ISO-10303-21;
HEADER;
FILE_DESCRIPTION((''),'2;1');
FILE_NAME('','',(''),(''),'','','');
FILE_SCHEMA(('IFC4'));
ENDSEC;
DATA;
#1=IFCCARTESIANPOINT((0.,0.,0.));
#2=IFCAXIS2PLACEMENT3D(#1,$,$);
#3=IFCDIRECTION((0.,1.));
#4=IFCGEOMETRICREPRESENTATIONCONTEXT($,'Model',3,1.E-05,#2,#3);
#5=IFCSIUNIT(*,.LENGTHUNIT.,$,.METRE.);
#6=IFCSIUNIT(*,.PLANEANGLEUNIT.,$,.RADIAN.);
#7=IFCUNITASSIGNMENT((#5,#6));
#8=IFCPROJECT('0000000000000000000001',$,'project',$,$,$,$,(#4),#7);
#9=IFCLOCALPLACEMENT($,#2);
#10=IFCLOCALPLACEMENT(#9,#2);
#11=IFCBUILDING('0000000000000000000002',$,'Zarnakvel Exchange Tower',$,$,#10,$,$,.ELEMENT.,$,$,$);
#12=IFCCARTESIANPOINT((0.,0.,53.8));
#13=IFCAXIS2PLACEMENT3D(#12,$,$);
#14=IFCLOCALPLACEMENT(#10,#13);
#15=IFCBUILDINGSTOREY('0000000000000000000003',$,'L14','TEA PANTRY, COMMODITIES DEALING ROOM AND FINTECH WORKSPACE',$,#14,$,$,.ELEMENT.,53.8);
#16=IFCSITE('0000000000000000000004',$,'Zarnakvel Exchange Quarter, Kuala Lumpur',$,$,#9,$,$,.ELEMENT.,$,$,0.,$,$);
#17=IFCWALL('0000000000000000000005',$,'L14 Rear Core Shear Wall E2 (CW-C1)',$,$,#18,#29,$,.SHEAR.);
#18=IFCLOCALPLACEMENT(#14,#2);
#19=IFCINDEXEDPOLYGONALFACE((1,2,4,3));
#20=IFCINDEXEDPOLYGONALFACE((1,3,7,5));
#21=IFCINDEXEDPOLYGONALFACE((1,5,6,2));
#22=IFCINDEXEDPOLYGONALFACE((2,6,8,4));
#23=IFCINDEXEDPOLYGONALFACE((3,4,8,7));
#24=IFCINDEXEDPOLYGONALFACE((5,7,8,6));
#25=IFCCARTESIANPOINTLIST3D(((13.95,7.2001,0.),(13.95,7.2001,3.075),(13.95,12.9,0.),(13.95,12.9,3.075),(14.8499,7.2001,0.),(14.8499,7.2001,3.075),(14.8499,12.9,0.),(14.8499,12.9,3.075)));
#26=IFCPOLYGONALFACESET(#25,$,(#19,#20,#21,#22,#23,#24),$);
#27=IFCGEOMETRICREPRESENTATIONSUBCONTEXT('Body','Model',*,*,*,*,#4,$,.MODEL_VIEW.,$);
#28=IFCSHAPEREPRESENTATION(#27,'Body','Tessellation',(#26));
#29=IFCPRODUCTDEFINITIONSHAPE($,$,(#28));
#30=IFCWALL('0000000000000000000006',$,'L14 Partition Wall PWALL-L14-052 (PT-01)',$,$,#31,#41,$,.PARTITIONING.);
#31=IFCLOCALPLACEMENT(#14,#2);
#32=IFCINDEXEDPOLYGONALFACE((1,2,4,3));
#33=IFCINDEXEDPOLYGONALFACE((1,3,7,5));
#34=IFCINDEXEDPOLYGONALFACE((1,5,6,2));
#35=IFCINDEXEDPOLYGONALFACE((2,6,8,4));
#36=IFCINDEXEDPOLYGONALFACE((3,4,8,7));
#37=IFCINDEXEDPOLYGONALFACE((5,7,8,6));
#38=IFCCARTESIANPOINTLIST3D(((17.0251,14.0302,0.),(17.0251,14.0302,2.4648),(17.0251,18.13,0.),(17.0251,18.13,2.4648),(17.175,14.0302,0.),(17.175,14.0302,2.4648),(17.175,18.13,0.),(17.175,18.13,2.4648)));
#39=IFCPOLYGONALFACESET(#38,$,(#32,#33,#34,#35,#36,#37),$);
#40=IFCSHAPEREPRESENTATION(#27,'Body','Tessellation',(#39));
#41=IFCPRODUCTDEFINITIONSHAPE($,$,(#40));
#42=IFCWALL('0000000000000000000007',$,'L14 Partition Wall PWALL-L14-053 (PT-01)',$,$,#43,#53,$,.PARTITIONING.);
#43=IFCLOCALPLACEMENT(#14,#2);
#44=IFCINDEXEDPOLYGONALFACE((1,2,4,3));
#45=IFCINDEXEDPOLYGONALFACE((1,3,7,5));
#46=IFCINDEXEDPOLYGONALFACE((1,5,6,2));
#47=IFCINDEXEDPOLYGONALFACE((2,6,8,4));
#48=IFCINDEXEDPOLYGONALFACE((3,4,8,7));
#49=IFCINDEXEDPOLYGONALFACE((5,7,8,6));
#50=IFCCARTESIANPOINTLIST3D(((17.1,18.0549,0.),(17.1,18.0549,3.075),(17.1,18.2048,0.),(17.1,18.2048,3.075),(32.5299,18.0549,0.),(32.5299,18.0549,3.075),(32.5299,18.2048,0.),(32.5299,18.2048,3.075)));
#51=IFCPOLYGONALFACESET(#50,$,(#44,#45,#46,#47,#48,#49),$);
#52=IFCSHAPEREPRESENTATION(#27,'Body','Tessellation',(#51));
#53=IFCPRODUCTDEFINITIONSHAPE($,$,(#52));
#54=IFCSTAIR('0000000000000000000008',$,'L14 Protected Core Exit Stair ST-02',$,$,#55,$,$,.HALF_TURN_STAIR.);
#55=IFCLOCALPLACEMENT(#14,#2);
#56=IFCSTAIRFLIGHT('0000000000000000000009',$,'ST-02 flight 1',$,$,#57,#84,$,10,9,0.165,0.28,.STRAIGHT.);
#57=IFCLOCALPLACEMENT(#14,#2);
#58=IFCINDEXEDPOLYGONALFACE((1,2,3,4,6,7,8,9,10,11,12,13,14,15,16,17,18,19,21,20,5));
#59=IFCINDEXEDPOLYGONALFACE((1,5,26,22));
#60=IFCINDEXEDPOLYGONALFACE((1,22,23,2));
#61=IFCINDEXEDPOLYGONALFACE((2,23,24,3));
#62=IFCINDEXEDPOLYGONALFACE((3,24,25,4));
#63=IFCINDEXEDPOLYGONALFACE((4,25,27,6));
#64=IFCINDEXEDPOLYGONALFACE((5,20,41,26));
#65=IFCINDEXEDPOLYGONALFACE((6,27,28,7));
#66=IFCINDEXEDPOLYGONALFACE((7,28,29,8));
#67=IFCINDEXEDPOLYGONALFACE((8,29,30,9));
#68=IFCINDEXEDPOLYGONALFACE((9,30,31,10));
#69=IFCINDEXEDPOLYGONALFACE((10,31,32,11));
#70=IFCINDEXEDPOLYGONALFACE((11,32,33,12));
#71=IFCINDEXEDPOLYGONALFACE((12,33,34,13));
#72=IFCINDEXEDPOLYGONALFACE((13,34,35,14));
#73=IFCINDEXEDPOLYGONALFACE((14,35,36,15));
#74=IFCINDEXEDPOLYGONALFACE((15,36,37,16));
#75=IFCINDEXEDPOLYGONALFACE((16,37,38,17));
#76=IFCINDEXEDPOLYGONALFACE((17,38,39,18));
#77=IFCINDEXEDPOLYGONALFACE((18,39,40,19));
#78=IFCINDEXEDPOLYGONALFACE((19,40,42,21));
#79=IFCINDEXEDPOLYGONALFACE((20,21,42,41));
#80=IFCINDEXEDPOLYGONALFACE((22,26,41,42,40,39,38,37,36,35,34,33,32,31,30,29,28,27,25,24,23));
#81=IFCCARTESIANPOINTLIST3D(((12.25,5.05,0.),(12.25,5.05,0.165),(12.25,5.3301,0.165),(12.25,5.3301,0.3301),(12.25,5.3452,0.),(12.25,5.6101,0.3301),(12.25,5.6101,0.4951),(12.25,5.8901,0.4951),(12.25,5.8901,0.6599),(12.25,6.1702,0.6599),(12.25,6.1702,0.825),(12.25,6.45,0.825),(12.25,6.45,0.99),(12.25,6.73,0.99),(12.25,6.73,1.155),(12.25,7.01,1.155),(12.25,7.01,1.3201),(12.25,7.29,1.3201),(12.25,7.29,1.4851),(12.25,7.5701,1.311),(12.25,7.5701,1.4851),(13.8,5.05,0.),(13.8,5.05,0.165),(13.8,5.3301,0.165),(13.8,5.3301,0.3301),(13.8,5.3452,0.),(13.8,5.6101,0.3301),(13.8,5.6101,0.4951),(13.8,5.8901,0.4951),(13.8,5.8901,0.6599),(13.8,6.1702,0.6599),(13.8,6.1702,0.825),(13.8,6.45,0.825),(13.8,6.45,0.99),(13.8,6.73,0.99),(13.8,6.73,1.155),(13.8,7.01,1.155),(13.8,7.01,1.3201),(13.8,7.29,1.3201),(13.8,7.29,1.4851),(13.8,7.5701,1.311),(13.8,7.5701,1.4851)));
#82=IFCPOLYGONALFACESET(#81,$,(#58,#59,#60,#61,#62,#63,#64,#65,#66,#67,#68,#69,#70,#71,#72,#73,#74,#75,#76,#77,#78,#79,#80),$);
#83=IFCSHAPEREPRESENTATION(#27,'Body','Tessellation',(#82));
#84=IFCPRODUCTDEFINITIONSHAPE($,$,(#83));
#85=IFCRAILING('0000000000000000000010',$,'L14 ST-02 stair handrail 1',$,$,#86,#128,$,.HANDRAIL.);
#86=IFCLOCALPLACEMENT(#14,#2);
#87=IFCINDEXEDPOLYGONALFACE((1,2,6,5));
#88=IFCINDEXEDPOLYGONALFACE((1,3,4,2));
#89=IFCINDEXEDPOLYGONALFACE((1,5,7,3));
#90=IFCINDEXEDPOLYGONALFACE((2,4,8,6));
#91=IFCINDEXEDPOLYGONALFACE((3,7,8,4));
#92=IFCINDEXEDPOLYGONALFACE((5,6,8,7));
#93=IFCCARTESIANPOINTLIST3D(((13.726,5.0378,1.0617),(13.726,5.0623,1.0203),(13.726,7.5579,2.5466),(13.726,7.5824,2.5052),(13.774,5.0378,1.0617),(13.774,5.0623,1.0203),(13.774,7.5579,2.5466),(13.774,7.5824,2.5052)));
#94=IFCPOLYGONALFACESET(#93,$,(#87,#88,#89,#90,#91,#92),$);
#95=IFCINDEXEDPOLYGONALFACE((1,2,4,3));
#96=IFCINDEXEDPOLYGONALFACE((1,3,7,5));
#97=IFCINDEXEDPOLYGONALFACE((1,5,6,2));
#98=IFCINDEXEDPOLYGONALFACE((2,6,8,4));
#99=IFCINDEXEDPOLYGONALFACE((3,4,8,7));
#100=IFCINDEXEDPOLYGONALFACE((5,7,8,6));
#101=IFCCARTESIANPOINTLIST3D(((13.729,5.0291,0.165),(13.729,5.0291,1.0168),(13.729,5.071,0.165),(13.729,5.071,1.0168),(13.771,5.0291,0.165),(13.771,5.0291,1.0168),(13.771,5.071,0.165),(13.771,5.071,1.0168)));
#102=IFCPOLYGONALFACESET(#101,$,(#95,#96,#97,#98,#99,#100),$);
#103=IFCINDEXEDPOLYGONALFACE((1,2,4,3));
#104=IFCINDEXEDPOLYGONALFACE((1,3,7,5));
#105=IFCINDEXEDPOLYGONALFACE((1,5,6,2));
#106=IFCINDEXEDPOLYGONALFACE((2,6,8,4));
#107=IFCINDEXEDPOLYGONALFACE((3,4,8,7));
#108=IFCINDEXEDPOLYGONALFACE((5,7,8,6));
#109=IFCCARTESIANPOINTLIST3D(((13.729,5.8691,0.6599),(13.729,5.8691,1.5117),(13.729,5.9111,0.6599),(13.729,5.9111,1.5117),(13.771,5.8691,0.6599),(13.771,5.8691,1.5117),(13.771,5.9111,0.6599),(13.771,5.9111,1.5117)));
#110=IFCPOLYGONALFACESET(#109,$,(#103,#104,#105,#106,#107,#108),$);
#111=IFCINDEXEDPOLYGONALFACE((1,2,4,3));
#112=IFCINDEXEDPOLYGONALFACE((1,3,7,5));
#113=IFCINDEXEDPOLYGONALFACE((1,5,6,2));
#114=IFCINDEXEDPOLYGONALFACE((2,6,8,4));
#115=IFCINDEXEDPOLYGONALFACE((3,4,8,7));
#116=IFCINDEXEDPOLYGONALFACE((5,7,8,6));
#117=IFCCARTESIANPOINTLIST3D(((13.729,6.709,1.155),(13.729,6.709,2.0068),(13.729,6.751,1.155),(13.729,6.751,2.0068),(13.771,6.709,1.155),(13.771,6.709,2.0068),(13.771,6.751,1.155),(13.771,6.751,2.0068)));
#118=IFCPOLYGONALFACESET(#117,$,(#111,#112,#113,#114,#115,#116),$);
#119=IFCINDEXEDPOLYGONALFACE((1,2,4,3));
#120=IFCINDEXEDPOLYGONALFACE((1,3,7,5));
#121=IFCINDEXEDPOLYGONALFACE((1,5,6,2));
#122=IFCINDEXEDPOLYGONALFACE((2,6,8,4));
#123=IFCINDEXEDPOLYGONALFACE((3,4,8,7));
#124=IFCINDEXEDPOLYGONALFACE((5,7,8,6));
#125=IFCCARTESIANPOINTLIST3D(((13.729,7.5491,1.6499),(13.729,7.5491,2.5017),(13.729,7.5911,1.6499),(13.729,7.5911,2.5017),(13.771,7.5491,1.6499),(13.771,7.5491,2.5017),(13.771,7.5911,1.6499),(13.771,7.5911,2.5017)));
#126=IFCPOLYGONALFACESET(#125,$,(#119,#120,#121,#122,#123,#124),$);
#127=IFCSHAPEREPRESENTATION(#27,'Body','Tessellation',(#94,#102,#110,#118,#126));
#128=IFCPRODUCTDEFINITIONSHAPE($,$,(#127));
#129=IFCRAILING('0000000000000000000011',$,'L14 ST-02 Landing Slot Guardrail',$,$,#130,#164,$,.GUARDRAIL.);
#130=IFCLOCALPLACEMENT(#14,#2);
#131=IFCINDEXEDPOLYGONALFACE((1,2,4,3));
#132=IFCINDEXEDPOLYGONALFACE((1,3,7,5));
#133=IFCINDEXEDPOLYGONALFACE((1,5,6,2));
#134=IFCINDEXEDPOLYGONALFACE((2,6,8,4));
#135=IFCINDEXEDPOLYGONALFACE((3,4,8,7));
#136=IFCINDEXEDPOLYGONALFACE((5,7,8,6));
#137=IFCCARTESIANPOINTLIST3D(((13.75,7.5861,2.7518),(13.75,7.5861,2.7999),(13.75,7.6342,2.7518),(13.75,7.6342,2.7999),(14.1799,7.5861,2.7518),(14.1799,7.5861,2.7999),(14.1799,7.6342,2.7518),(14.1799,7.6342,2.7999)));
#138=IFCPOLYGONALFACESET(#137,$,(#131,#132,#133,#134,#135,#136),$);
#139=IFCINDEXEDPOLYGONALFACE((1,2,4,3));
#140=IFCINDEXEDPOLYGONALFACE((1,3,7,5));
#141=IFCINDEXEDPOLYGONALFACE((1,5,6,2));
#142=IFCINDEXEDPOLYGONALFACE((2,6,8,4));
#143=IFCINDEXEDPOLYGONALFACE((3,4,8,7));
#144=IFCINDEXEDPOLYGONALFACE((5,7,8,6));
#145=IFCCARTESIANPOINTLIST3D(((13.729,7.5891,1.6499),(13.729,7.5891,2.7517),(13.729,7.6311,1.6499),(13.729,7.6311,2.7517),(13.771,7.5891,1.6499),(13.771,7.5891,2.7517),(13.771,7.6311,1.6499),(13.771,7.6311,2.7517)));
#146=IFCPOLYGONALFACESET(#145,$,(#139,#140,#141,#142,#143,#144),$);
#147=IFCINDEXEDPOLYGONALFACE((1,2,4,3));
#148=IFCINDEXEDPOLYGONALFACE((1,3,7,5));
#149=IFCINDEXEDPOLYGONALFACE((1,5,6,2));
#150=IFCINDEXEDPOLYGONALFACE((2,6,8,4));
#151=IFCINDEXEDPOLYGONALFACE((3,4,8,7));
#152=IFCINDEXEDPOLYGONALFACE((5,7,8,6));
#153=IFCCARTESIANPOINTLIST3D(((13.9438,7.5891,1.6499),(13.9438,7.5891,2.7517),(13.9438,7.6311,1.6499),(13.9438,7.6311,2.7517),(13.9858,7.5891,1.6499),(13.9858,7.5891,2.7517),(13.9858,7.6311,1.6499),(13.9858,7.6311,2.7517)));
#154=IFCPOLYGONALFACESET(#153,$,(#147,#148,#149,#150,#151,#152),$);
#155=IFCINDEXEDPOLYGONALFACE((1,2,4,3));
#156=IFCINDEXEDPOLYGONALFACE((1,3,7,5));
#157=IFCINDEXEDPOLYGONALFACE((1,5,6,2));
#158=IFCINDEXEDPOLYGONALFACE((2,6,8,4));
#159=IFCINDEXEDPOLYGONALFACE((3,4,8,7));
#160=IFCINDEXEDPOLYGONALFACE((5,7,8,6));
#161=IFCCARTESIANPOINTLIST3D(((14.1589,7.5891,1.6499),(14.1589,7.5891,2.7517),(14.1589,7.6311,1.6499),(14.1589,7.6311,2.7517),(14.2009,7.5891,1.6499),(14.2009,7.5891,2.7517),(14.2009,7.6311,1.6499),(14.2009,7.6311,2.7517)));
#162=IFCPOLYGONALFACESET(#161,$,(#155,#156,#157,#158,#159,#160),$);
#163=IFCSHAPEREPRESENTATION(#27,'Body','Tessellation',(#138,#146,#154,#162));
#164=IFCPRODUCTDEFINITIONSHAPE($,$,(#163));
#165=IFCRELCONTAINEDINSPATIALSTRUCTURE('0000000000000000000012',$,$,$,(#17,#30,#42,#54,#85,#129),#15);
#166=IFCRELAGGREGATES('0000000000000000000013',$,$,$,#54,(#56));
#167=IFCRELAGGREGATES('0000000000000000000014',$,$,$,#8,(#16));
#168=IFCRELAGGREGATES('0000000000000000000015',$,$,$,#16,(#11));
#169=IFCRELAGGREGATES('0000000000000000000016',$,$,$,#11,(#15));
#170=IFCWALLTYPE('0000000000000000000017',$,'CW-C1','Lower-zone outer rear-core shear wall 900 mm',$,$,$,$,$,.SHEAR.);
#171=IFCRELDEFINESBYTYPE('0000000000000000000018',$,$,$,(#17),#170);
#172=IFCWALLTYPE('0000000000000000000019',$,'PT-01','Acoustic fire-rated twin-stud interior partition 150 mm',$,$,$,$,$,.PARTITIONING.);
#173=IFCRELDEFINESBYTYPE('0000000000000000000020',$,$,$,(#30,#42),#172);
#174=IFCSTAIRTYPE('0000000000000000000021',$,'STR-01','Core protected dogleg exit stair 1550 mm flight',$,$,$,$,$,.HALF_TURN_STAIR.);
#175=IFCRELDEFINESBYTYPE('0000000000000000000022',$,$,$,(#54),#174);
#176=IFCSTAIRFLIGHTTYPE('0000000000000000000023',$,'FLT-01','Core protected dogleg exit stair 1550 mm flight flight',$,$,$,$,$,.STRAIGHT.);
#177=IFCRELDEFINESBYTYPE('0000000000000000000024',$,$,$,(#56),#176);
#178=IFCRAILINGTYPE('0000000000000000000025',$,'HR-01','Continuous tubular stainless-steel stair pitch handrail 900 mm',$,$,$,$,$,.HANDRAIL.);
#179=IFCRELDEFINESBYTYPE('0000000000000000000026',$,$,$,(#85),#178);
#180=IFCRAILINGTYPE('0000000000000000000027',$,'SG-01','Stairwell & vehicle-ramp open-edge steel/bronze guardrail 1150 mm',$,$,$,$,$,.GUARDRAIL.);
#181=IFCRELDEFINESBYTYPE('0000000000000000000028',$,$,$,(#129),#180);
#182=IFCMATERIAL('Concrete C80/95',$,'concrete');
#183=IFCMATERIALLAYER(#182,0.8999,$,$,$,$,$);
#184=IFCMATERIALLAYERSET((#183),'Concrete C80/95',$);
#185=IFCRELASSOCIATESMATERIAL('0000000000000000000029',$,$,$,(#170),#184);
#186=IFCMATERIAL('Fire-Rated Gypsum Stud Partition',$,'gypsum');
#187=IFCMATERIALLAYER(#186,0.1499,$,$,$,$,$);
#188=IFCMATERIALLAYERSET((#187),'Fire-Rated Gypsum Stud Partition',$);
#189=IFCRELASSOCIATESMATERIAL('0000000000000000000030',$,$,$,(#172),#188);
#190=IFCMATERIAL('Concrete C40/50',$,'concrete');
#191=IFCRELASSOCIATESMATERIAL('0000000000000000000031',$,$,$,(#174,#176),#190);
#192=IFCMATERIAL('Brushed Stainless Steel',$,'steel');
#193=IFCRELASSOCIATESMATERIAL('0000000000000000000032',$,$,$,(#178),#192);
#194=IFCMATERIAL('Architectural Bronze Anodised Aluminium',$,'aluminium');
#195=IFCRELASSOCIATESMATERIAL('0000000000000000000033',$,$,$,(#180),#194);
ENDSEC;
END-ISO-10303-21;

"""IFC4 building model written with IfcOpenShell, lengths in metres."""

from ifc_helpers import new_model, si_unit, direction, frame, frame_2d, origin, origin_2d, place, context, subcontext, project, spatial, polyline, rectangle, outline, extrude, material, layer, layer_set, type_object, element, aggregate, save


model = new_model("IFC4")

# Units and contexts
model_context = context("Model", 3, precision=1e-05, world=origin(), true_north=direction((0.0, 1.0)))
body_context = subcontext(model_context, "Body", "Model", "MODEL_VIEW")
ifc_project = project(units=[si_unit("LENGTHUNIT", "METRE"), si_unit("PLANEANGLEUNIT", "RADIAN")], contexts=[model_context])

# Site, building, storey
site_placement = place(None, origin())
site = spatial("IfcSite", under=ifc_project, at=site_placement, Name="Zarnakvel Exchange Quarter, Kuala Lumpur", CompositionType="ELEMENT", RefElevation=0.0)
building_placement = place(site_placement, origin())
building = spatial("IfcBuilding", under=site, at=building_placement, Name="Zarnakvel Exchange Tower", CompositionType="ELEMENT")
storey_placement = place(building_placement, frame((0.0, 0.0, 53.8)))
storey = spatial("IfcBuildingStorey", under=building, at=storey_placement, Name="L14", Description="TEA PANTRY, COMMODITIES DEALING ROOM AND FINTECH WORKSPACE", CompositionType="ELEMENT", Elevation=53.8)

# Shared definitions
ifc_material_1 = material(Name="Concrete C80/95", Category="concrete")

# Shared definitions
ifc_material_2 = material(Name="Architectural Bronze Anodised Aluminium", Category="aluminium")

# Walls
ifc_layer_1 = layer(ifc_material_1, 0.8999)
ifc_layer_set_1 = layer_set([ifc_layer_1], Name="Concrete C80/95")
wall_type_1 = type_object("IfcWallType", Name="CW-C1", Description="Lower-zone outer rear-core shear wall 900 mm", PredefinedType="SHEAR", material=ifc_layer_set_1)
wall_1_placement = place(storey_placement, frame((14.3999, 7.2, 0.0), z_axis=(0.0, 0.0, 1.0), x_axis=(0.0, 1.0, 0.0)))
element("IfcWall", 1, at=wall_1_placement, inside=storey, type_object=wall_type_1, Name="L14 Rear Core Shear Wall E2 (CW-C1)", PredefinedType="SHEAR", context=body_context, shape_type="SweptSolid", body=[
    extrude(rectangle(XDim=5.7, YDim=0.8999, at=frame_2d((2.8501, 0.0))), origin(), (0.0, 0.0, 1.0), 3.075),
])
ifc_material_3 = material(Name="Fire-Rated Gypsum Stud Partition", Category="gypsum")
ifc_layer_2 = layer(ifc_material_3, 0.1499)
ifc_layer_set_2 = layer_set([ifc_layer_2], Name="Fire-Rated Gypsum Stud Partition")
wall_type_2 = type_object("IfcWallType", Name="PT-01", Description="Acoustic fire-rated twin-stud interior partition 150 mm", PredefinedType="PARTITIONING", material=ifc_layer_set_2)
wall_2_placement = place(storey_placement, frame((17.1001, 18.1299, 0.0), z_axis=(0.0, 0.0, 1.0), x_axis=(0.0, -1.0, 0.0)))
element("IfcWall", 2, at=wall_2_placement, inside=storey, type_object=wall_type_2, Name="L14 Partition Wall PWALL-L14-052 (PT-01)", PredefinedType="PARTITIONING", context=body_context, shape_type="SweptSolid", body=[
    extrude(rectangle(XDim=4.0999, YDim=0.1499, at=frame_2d((2.0498, 0.0))), origin(), (0.0, 0.0, 1.0), 2.4648),
])
wall_3_placement = place(storey_placement, frame((17.1001, 18.1299, 0.0), z_axis=(0.0, 0.0, 1.0), x_axis=(1.0, 0.0, 0.0)))
element("IfcWall", 3, at=wall_3_placement, inside=storey, type_object=wall_type_2, Name="L14 Partition Wall PWALL-L14-053 (PT-01)", PredefinedType="PARTITIONING", context=body_context, shape_type="SweptSolid", body=[
    extrude(rectangle(XDim=15.4299, YDim=0.1499, at=frame_2d((7.7148, 0.0))), origin(), (0.0, 0.0, 1.0), 3.075),
])

# Shared definitions
ifc_material_4 = material(Name="Concrete C40/50", Category="concrete")

# Stair, stair flight
stair_type = type_object("IfcStairType", Name="STR-01", Description="Core protected dogleg exit stair 1550 mm flight", PredefinedType="HALF_TURN_STAIR", material=ifc_material_4)
stair_placement = place(storey_placement, origin())
stair = element("IfcStair", 4, at=stair_placement, inside=storey, type_object=stair_type, Name="L14 Protected Core Exit Stair ST-02", PredefinedType="HALF_TURN_STAIR")
stair_flight_type = type_object("IfcStairFlightType", Name="FLT-01", Description="Core protected dogleg exit stair 1550 mm flight flight", PredefinedType="STRAIGHT", material=ifc_material_4)
stair_flight_placement = place(storey_placement, frame((13.0249, 5.05, 0.0), z_axis=(0.0, 0.0, 1.0), x_axis=(0.0, 1.0, 0.0)))
stair_flight = element("IfcStairFlight", 5, at=stair_flight_placement, type_object=stair_flight_type, Name="ST-02 flight 1", NumberOfRisers=10, NumberOfTreads=9, PredefinedType="STRAIGHT", RiserHeight=0.165, TreadLength=0.28, context=body_context, shape_type="SweptSolid", body=[
    extrude(outline(polyline([(0.0, 0.0), (0.0, 0.165), (0.28, 0.165), (0.28, 0.3301), (0.5601, 0.3301), (0.5601, 0.4951), (0.8401, 0.4951), (0.8401, 0.6599), (1.1201, 0.6599), (1.1201, 0.825), (1.3999, 0.825), (1.3999, 0.99), (1.6799, 0.99), (1.6799, 1.155), (1.96, 1.155), (1.96, 1.3201), (2.24, 1.3201), (2.24, 1.4851), (2.52, 1.4851), (2.52, 1.6499), (2.52, 1.311), (0.2952, 0.0), (0.0, 0.0)])), frame((0.0, 0.7749, 0.0), z_axis=(0.0, -1.0, 0.0), x_axis=(1.0, 0.0, 0.0)), (0.0, 0.0, 1.0), 1.55),
])
aggregate(stair, [stair_flight])

# Railings
ifc_material_5 = material(Name="Brushed Stainless Steel", Category="steel")
railing_type_1 = type_object("IfcRailingType", Name="HR-01", Description="Continuous tubular stainless-steel stair pitch handrail 900 mm", PredefinedType="HANDRAIL", material=ifc_material_5)
railing_1_placement = place(storey_placement, frame((13.75, 5.05, 0.165)))
element("IfcRailing", 6, at=railing_1_placement, inside=storey, type_object=railing_type_1, Name="L14 ST-02 stair handrail 1", PredefinedType="HANDRAIL", context=body_context, shape_type="SweptSolid", body=[
    extrude(rectangle(XDim=0.0481, YDim=0.0481, at=origin_2d()), frame((0.0, 0.0, 0.876), z_axis=(0.0, 0.861561, 0.507655), x_axis=(-1.0, 0.0, 0.0)), (0.0, 0.0, 1.0), 2.925),
    extrude(rectangle(XDim=0.042, YDim=0.042, at=origin_2d()), origin(), (0.0, 0.0, 1.0), 0.8518),
    extrude(rectangle(XDim=0.042, YDim=0.042, at=origin_2d()), frame((0.0, 0.8401, 0.4949)), (0.0, 0.0, 1.0), 0.8518),
    extrude(rectangle(XDim=0.042, YDim=0.042, at=origin_2d()), frame((0.0, 1.6799, 0.99)), (0.0, 0.0, 1.0), 0.8518),
    extrude(rectangle(XDim=0.042, YDim=0.042, at=origin_2d()), frame((0.0, 2.52, 1.4849)), (0.0, 0.0, 1.0), 0.8518),
])
railing_type_2 = type_object("IfcRailingType", Name="SG-01", Description="Stairwell & vehicle-ramp open-edge steel/bronze guardrail 1150 mm", PredefinedType="GUARDRAIL", material=ifc_material_2)
railing_2_placement = place(storey_placement, frame((13.75, 7.6101, 1.6499)))
element("IfcRailing", 7, at=railing_2_placement, inside=storey, type_object=railing_type_2, Name="L14 ST-02 Landing Slot Guardrail", PredefinedType="GUARDRAIL", context=body_context, shape_type="SweptSolid", body=[
    extrude(rectangle(XDim=0.0481, YDim=0.0481, at=origin_2d()), frame((0.0, 0.0, 1.126), z_axis=(1.0, 0.0, 0.0), x_axis=(0.0, 1.0, 0.0)), (0.0, 0.0, 1.0), 0.4299),
    extrude(rectangle(XDim=0.042, YDim=0.042, at=origin_2d()), origin(), (0.0, 0.0, 1.0), 1.1018),
    extrude(rectangle(XDim=0.042, YDim=0.042, at=origin_2d()), frame((0.2148, 0.0, 0.0)), (0.0, 0.0, 1.0), 1.1018),
    extrude(rectangle(XDim=0.042, YDim=0.042, at=origin_2d()), frame((0.4299, 0.0, 0.0)), (0.0, 0.0, 1.0), 1.1018),
])

save(model, "model.ifc")
